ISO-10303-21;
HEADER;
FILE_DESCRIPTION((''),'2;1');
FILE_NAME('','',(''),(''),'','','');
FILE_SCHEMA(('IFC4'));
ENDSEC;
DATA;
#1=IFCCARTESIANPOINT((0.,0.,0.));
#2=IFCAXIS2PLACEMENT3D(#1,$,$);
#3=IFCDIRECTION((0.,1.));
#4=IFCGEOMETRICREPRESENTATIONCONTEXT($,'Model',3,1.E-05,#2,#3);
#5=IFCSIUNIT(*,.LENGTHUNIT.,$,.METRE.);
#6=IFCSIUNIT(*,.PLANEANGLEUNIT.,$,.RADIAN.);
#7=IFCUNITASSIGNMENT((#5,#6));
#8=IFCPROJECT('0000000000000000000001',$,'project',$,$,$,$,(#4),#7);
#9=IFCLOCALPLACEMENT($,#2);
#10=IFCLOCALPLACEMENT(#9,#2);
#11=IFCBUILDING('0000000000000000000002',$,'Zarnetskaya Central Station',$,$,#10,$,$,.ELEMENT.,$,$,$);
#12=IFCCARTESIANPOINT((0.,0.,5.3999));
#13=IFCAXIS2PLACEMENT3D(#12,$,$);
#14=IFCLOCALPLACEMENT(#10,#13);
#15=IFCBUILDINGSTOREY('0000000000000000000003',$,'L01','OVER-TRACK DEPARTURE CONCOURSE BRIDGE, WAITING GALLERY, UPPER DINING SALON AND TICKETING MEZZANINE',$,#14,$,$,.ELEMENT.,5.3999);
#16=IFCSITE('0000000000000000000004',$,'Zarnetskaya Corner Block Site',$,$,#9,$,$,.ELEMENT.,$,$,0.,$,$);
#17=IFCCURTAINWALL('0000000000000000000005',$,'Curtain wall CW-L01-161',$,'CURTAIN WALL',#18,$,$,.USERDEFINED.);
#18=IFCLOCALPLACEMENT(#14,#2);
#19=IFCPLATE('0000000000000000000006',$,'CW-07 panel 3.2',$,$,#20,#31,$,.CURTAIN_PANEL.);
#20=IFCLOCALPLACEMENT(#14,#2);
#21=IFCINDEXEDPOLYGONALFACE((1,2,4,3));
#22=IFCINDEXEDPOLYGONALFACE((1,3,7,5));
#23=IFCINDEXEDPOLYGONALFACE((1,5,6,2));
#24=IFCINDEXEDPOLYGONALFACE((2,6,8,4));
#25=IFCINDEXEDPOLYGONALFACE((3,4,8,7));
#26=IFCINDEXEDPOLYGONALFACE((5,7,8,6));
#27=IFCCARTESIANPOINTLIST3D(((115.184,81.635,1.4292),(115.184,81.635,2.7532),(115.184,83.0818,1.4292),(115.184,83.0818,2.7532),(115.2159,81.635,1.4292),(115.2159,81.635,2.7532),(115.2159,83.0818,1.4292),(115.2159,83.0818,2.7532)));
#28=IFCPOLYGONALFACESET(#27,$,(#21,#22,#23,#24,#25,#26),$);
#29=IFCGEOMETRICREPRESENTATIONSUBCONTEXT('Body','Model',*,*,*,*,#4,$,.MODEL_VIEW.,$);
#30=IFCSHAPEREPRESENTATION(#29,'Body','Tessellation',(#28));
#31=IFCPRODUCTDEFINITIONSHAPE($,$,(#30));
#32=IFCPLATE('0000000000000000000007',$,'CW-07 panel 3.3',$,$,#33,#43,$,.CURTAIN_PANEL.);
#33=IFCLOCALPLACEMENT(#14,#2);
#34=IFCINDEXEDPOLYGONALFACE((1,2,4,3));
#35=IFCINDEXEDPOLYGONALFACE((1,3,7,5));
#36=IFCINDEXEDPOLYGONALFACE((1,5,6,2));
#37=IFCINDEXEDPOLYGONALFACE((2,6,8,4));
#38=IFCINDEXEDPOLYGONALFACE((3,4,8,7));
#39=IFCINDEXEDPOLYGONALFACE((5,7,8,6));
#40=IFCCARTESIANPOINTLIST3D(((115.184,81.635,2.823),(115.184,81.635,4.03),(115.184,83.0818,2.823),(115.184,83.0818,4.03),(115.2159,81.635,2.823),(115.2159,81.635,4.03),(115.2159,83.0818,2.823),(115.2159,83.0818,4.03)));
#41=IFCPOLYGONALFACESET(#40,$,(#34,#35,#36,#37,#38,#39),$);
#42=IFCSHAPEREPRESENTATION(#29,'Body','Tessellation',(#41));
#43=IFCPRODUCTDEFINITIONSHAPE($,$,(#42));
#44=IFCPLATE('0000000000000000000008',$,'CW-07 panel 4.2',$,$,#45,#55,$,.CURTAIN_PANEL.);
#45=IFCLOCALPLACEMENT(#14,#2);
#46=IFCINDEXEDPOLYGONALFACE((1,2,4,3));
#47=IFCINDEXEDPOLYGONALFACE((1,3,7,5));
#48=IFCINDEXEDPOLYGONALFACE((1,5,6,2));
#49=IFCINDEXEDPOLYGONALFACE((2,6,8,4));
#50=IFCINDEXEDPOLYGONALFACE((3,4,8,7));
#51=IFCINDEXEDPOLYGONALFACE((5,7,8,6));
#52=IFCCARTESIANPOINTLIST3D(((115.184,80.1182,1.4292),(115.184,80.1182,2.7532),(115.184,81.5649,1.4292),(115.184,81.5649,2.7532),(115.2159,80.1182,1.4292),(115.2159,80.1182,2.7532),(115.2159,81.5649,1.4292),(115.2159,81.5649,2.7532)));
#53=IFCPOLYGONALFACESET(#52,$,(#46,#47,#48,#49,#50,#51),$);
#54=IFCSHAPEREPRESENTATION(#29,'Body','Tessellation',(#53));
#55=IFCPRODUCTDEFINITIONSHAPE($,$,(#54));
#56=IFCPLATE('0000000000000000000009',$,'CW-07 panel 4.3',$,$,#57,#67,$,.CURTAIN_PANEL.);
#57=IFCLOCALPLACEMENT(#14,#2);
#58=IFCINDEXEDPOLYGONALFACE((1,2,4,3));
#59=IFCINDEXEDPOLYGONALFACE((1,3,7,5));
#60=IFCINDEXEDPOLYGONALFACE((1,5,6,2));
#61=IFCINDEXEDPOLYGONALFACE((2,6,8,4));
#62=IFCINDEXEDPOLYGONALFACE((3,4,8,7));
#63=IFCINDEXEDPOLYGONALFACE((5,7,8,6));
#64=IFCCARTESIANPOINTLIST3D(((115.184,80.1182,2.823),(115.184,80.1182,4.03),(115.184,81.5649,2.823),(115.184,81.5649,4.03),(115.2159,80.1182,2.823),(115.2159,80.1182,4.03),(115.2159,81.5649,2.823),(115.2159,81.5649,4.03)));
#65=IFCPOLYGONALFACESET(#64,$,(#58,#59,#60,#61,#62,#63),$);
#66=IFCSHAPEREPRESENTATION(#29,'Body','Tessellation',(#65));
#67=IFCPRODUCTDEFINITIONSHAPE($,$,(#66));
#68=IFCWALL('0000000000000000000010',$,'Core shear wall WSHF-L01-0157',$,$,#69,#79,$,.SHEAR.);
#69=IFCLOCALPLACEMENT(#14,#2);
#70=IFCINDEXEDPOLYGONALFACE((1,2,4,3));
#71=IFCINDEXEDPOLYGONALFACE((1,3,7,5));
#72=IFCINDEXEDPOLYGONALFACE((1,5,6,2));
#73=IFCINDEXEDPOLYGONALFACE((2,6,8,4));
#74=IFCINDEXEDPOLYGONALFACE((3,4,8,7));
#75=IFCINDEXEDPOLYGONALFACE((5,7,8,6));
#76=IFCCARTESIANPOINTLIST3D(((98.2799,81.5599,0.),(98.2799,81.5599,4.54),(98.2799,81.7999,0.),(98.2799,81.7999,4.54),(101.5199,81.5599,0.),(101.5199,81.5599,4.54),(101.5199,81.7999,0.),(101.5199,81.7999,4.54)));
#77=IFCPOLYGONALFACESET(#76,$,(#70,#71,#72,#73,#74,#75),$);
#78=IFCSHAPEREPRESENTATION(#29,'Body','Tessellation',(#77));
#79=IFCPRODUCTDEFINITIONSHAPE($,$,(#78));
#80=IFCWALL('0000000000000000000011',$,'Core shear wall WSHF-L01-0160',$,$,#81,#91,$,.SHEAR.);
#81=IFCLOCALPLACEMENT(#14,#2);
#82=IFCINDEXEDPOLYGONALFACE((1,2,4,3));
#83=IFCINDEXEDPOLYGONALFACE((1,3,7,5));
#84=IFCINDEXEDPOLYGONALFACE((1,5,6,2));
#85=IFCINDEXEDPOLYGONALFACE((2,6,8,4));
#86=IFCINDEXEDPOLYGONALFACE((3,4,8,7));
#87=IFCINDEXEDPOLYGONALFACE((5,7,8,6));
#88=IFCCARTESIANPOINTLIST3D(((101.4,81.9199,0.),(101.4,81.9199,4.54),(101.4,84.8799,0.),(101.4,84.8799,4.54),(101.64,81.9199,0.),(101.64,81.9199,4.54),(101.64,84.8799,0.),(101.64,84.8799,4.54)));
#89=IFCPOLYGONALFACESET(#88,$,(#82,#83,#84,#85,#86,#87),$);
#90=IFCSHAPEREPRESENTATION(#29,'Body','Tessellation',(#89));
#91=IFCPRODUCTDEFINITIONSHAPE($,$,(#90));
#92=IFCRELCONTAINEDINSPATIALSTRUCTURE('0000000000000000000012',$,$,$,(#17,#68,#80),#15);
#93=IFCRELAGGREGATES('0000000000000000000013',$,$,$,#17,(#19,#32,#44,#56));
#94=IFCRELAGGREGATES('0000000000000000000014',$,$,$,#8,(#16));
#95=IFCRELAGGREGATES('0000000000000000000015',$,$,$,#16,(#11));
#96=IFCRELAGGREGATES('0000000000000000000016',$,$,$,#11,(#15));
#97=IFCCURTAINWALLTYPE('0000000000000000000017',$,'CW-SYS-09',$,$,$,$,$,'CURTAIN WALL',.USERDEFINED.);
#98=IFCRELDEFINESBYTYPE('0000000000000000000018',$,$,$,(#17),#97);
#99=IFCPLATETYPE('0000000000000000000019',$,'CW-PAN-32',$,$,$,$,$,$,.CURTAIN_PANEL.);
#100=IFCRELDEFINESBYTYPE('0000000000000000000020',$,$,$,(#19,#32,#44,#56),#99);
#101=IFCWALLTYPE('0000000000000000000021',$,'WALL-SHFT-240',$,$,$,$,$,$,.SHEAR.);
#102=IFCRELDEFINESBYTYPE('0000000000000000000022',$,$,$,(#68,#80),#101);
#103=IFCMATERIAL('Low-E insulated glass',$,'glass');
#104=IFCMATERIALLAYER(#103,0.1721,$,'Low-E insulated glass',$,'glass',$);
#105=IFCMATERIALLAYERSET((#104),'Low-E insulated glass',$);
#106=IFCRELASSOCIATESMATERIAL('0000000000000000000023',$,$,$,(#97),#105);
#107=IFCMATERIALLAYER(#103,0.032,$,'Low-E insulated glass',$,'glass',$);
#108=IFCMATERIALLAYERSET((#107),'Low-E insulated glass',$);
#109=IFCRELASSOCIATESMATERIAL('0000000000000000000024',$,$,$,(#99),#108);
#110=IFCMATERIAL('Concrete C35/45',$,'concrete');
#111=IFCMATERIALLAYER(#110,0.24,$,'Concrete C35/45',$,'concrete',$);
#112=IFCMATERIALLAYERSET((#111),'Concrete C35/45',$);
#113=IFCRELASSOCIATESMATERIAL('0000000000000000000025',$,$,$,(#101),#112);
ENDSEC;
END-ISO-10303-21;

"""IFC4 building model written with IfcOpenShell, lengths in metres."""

from ifc_helpers import new_model, si_unit, direction, frame, frame_2d, origin, origin_2d, place, context, subcontext, project, spatial, rectangle, extrude, material, layer, layer_set, type_object, element, aggregate, save


model = new_model("IFC4")

# Units and contexts
model_context = context("Model", 3, precision=1e-05, world=origin(), true_north=direction((0.0, 1.0)))
body_context = subcontext(model_context, "Body", "Model", "MODEL_VIEW")
ifc_project = project(units=[si_unit("LENGTHUNIT", "METRE"), si_unit("PLANEANGLEUNIT", "RADIAN")], contexts=[model_context])

# Site, building, storey
site_placement = place(None, origin())
site = spatial("IfcSite", under=ifc_project, at=site_placement, Name="Zarnetskaya Corner Block Site", CompositionType="ELEMENT", RefElevation=0.0)
building_placement = place(site_placement, origin())
building = spatial("IfcBuilding", under=site, at=building_placement, Name="Zarnetskaya Central Station", CompositionType="ELEMENT")
storey_placement = place(building_placement, frame((0.0, 0.0, 5.3999)))
storey = spatial("IfcBuildingStorey", under=building, at=storey_placement, Name="L01", Description="OVER-TRACK DEPARTURE CONCOURSE BRIDGE, WAITING GALLERY, UPPER DINING SALON AND TICKETING MEZZANINE", CompositionType="ELEMENT", Elevation=5.3999)

# Curtain wall
ifc_material_1 = material(Name="Low-E insulated glass", Category="glass")
ifc_layer_1 = layer(ifc_material_1, 0.1721, Name="Low-E insulated glass", Category="glass")
ifc_layer_set_1 = layer_set([ifc_layer_1], Name="Low-E insulated glass")
curtain_wall_type = type_object("IfcCurtainWallType", Name="CW-SYS-09", ElementType="CURTAIN WALL", PredefinedType="USERDEFINED", material=ifc_layer_set_1)
curtain_wall_placement = place(storey_placement, origin())
curtain_wall = element("IfcCurtainWall", 1, at=curtain_wall_placement, inside=storey, type_object=curtain_wall_type, Name="Curtain wall CW-L01-161", ObjectType="CURTAIN WALL", PredefinedType="USERDEFINED")

# Plates
ifc_layer_2 = layer(ifc_material_1, 0.032, Name="Low-E insulated glass", Category="glass")
ifc_layer_set_2 = layer_set([ifc_layer_2], Name="Low-E insulated glass")
plate_type = type_object("IfcPlateType", Name="CW-PAN-32", PredefinedType="CURTAIN_PANEL", material=ifc_layer_set_2)
plate_1_placement = place(storey_placement, frame((115.2, 82.3584, 1.4292), z_axis=(0.0, 0.0, 1.0), x_axis=(0.0, -1.0, 0.0)))
plate_1 = element("IfcPlate", 2, at=plate_1_placement, type_object=plate_type, Name="CW-07 panel 3.2", PredefinedType="CURTAIN_PANEL", context=body_context, shape_type="SweptSolid", body=[
    extrude(rectangle(XDim=1.4468, YDim=0.032, at=origin_2d()), origin(), (0.0, 0.0, 1.0), 1.324),
])
plate_2_placement = place(storey_placement, frame((115.2, 82.3584, 2.823), z_axis=(0.0, 0.0, 1.0), x_axis=(0.0, -1.0, 0.0)))
plate_2 = element("IfcPlate", 3, at=plate_2_placement, type_object=plate_type, Name="CW-07 panel 3.3", PredefinedType="CURTAIN_PANEL", context=body_context, shape_type="SweptSolid", body=[
    extrude(rectangle(XDim=1.4468, YDim=0.032, at=origin_2d()), origin(), (0.0, 0.0, 1.0), 1.207),
])
plate_3_placement = place(storey_placement, frame((115.2, 80.8416, 1.4292), z_axis=(0.0, 0.0, 1.0), x_axis=(0.0, -1.0, 0.0)))
plate_3 = element("IfcPlate", 4, at=plate_3_placement, type_object=plate_type, Name="CW-07 panel 4.2", PredefinedType="CURTAIN_PANEL", context=body_context, shape_type="SweptSolid", body=[
    extrude(rectangle(XDim=1.4468, YDim=0.032, at=origin_2d()), origin(), (0.0, 0.0, 1.0), 1.324),
])
plate_4_placement = place(storey_placement, frame((115.2, 80.8416, 2.823), z_axis=(0.0, 0.0, 1.0), x_axis=(0.0, -1.0, 0.0)))
plate_4 = element("IfcPlate", 5, at=plate_4_placement, type_object=plate_type, Name="CW-07 panel 4.3", PredefinedType="CURTAIN_PANEL", context=body_context, shape_type="SweptSolid", body=[
    extrude(rectangle(XDim=1.4468, YDim=0.032, at=origin_2d()), origin(), (0.0, 0.0, 1.0), 1.207),
])
aggregate(curtain_wall, [plate_1, plate_2, plate_3, plate_4])

# Walls
ifc_material_2 = material(Name="Concrete C35/45", Category="concrete")
ifc_layer_3 = layer(ifc_material_2, 0.24, Name="Concrete C35/45", Category="concrete")
ifc_layer_set_3 = layer_set([ifc_layer_3], Name="Concrete C35/45")
wall_type = type_object("IfcWallType", Name="WALL-SHFT-240", PredefinedType="SHEAR", material=ifc_layer_set_3)
wall_1_placement = place(storey_placement, frame((101.52, 81.6799, 0.0), z_axis=(0.0, 0.0, 1.0), x_axis=(-1.0, 0.0, 0.0)))
element("IfcWall", 6, at=wall_1_placement, inside=storey, type_object=wall_type, Name="Core shear wall WSHF-L01-0157", PredefinedType="SHEAR", context=body_context, shape_type="SweptSolid", body=[
    extrude(rectangle(XDim=3.24, YDim=0.24, at=frame_2d((1.6201, 0.0))), origin(), (0.0, 0.0, 1.0), 4.54),
])
wall_2_placement = place(storey_placement, frame((101.52, 84.8799, 0.0), z_axis=(0.0, 0.0, 1.0), x_axis=(0.0, -1.0, 0.0)))
element("IfcWall", 7, at=wall_2_placement, inside=storey, type_object=wall_type, Name="Core shear wall WSHF-L01-0160", PredefinedType="SHEAR", context=body_context, shape_type="SweptSolid", body=[
    extrude(rectangle(XDim=2.96, YDim=0.24, at=frame_2d((1.48, 0.0))), origin(), (0.0, 0.0, 1.0), 4.54),
])

save(model, "model.ifc")
